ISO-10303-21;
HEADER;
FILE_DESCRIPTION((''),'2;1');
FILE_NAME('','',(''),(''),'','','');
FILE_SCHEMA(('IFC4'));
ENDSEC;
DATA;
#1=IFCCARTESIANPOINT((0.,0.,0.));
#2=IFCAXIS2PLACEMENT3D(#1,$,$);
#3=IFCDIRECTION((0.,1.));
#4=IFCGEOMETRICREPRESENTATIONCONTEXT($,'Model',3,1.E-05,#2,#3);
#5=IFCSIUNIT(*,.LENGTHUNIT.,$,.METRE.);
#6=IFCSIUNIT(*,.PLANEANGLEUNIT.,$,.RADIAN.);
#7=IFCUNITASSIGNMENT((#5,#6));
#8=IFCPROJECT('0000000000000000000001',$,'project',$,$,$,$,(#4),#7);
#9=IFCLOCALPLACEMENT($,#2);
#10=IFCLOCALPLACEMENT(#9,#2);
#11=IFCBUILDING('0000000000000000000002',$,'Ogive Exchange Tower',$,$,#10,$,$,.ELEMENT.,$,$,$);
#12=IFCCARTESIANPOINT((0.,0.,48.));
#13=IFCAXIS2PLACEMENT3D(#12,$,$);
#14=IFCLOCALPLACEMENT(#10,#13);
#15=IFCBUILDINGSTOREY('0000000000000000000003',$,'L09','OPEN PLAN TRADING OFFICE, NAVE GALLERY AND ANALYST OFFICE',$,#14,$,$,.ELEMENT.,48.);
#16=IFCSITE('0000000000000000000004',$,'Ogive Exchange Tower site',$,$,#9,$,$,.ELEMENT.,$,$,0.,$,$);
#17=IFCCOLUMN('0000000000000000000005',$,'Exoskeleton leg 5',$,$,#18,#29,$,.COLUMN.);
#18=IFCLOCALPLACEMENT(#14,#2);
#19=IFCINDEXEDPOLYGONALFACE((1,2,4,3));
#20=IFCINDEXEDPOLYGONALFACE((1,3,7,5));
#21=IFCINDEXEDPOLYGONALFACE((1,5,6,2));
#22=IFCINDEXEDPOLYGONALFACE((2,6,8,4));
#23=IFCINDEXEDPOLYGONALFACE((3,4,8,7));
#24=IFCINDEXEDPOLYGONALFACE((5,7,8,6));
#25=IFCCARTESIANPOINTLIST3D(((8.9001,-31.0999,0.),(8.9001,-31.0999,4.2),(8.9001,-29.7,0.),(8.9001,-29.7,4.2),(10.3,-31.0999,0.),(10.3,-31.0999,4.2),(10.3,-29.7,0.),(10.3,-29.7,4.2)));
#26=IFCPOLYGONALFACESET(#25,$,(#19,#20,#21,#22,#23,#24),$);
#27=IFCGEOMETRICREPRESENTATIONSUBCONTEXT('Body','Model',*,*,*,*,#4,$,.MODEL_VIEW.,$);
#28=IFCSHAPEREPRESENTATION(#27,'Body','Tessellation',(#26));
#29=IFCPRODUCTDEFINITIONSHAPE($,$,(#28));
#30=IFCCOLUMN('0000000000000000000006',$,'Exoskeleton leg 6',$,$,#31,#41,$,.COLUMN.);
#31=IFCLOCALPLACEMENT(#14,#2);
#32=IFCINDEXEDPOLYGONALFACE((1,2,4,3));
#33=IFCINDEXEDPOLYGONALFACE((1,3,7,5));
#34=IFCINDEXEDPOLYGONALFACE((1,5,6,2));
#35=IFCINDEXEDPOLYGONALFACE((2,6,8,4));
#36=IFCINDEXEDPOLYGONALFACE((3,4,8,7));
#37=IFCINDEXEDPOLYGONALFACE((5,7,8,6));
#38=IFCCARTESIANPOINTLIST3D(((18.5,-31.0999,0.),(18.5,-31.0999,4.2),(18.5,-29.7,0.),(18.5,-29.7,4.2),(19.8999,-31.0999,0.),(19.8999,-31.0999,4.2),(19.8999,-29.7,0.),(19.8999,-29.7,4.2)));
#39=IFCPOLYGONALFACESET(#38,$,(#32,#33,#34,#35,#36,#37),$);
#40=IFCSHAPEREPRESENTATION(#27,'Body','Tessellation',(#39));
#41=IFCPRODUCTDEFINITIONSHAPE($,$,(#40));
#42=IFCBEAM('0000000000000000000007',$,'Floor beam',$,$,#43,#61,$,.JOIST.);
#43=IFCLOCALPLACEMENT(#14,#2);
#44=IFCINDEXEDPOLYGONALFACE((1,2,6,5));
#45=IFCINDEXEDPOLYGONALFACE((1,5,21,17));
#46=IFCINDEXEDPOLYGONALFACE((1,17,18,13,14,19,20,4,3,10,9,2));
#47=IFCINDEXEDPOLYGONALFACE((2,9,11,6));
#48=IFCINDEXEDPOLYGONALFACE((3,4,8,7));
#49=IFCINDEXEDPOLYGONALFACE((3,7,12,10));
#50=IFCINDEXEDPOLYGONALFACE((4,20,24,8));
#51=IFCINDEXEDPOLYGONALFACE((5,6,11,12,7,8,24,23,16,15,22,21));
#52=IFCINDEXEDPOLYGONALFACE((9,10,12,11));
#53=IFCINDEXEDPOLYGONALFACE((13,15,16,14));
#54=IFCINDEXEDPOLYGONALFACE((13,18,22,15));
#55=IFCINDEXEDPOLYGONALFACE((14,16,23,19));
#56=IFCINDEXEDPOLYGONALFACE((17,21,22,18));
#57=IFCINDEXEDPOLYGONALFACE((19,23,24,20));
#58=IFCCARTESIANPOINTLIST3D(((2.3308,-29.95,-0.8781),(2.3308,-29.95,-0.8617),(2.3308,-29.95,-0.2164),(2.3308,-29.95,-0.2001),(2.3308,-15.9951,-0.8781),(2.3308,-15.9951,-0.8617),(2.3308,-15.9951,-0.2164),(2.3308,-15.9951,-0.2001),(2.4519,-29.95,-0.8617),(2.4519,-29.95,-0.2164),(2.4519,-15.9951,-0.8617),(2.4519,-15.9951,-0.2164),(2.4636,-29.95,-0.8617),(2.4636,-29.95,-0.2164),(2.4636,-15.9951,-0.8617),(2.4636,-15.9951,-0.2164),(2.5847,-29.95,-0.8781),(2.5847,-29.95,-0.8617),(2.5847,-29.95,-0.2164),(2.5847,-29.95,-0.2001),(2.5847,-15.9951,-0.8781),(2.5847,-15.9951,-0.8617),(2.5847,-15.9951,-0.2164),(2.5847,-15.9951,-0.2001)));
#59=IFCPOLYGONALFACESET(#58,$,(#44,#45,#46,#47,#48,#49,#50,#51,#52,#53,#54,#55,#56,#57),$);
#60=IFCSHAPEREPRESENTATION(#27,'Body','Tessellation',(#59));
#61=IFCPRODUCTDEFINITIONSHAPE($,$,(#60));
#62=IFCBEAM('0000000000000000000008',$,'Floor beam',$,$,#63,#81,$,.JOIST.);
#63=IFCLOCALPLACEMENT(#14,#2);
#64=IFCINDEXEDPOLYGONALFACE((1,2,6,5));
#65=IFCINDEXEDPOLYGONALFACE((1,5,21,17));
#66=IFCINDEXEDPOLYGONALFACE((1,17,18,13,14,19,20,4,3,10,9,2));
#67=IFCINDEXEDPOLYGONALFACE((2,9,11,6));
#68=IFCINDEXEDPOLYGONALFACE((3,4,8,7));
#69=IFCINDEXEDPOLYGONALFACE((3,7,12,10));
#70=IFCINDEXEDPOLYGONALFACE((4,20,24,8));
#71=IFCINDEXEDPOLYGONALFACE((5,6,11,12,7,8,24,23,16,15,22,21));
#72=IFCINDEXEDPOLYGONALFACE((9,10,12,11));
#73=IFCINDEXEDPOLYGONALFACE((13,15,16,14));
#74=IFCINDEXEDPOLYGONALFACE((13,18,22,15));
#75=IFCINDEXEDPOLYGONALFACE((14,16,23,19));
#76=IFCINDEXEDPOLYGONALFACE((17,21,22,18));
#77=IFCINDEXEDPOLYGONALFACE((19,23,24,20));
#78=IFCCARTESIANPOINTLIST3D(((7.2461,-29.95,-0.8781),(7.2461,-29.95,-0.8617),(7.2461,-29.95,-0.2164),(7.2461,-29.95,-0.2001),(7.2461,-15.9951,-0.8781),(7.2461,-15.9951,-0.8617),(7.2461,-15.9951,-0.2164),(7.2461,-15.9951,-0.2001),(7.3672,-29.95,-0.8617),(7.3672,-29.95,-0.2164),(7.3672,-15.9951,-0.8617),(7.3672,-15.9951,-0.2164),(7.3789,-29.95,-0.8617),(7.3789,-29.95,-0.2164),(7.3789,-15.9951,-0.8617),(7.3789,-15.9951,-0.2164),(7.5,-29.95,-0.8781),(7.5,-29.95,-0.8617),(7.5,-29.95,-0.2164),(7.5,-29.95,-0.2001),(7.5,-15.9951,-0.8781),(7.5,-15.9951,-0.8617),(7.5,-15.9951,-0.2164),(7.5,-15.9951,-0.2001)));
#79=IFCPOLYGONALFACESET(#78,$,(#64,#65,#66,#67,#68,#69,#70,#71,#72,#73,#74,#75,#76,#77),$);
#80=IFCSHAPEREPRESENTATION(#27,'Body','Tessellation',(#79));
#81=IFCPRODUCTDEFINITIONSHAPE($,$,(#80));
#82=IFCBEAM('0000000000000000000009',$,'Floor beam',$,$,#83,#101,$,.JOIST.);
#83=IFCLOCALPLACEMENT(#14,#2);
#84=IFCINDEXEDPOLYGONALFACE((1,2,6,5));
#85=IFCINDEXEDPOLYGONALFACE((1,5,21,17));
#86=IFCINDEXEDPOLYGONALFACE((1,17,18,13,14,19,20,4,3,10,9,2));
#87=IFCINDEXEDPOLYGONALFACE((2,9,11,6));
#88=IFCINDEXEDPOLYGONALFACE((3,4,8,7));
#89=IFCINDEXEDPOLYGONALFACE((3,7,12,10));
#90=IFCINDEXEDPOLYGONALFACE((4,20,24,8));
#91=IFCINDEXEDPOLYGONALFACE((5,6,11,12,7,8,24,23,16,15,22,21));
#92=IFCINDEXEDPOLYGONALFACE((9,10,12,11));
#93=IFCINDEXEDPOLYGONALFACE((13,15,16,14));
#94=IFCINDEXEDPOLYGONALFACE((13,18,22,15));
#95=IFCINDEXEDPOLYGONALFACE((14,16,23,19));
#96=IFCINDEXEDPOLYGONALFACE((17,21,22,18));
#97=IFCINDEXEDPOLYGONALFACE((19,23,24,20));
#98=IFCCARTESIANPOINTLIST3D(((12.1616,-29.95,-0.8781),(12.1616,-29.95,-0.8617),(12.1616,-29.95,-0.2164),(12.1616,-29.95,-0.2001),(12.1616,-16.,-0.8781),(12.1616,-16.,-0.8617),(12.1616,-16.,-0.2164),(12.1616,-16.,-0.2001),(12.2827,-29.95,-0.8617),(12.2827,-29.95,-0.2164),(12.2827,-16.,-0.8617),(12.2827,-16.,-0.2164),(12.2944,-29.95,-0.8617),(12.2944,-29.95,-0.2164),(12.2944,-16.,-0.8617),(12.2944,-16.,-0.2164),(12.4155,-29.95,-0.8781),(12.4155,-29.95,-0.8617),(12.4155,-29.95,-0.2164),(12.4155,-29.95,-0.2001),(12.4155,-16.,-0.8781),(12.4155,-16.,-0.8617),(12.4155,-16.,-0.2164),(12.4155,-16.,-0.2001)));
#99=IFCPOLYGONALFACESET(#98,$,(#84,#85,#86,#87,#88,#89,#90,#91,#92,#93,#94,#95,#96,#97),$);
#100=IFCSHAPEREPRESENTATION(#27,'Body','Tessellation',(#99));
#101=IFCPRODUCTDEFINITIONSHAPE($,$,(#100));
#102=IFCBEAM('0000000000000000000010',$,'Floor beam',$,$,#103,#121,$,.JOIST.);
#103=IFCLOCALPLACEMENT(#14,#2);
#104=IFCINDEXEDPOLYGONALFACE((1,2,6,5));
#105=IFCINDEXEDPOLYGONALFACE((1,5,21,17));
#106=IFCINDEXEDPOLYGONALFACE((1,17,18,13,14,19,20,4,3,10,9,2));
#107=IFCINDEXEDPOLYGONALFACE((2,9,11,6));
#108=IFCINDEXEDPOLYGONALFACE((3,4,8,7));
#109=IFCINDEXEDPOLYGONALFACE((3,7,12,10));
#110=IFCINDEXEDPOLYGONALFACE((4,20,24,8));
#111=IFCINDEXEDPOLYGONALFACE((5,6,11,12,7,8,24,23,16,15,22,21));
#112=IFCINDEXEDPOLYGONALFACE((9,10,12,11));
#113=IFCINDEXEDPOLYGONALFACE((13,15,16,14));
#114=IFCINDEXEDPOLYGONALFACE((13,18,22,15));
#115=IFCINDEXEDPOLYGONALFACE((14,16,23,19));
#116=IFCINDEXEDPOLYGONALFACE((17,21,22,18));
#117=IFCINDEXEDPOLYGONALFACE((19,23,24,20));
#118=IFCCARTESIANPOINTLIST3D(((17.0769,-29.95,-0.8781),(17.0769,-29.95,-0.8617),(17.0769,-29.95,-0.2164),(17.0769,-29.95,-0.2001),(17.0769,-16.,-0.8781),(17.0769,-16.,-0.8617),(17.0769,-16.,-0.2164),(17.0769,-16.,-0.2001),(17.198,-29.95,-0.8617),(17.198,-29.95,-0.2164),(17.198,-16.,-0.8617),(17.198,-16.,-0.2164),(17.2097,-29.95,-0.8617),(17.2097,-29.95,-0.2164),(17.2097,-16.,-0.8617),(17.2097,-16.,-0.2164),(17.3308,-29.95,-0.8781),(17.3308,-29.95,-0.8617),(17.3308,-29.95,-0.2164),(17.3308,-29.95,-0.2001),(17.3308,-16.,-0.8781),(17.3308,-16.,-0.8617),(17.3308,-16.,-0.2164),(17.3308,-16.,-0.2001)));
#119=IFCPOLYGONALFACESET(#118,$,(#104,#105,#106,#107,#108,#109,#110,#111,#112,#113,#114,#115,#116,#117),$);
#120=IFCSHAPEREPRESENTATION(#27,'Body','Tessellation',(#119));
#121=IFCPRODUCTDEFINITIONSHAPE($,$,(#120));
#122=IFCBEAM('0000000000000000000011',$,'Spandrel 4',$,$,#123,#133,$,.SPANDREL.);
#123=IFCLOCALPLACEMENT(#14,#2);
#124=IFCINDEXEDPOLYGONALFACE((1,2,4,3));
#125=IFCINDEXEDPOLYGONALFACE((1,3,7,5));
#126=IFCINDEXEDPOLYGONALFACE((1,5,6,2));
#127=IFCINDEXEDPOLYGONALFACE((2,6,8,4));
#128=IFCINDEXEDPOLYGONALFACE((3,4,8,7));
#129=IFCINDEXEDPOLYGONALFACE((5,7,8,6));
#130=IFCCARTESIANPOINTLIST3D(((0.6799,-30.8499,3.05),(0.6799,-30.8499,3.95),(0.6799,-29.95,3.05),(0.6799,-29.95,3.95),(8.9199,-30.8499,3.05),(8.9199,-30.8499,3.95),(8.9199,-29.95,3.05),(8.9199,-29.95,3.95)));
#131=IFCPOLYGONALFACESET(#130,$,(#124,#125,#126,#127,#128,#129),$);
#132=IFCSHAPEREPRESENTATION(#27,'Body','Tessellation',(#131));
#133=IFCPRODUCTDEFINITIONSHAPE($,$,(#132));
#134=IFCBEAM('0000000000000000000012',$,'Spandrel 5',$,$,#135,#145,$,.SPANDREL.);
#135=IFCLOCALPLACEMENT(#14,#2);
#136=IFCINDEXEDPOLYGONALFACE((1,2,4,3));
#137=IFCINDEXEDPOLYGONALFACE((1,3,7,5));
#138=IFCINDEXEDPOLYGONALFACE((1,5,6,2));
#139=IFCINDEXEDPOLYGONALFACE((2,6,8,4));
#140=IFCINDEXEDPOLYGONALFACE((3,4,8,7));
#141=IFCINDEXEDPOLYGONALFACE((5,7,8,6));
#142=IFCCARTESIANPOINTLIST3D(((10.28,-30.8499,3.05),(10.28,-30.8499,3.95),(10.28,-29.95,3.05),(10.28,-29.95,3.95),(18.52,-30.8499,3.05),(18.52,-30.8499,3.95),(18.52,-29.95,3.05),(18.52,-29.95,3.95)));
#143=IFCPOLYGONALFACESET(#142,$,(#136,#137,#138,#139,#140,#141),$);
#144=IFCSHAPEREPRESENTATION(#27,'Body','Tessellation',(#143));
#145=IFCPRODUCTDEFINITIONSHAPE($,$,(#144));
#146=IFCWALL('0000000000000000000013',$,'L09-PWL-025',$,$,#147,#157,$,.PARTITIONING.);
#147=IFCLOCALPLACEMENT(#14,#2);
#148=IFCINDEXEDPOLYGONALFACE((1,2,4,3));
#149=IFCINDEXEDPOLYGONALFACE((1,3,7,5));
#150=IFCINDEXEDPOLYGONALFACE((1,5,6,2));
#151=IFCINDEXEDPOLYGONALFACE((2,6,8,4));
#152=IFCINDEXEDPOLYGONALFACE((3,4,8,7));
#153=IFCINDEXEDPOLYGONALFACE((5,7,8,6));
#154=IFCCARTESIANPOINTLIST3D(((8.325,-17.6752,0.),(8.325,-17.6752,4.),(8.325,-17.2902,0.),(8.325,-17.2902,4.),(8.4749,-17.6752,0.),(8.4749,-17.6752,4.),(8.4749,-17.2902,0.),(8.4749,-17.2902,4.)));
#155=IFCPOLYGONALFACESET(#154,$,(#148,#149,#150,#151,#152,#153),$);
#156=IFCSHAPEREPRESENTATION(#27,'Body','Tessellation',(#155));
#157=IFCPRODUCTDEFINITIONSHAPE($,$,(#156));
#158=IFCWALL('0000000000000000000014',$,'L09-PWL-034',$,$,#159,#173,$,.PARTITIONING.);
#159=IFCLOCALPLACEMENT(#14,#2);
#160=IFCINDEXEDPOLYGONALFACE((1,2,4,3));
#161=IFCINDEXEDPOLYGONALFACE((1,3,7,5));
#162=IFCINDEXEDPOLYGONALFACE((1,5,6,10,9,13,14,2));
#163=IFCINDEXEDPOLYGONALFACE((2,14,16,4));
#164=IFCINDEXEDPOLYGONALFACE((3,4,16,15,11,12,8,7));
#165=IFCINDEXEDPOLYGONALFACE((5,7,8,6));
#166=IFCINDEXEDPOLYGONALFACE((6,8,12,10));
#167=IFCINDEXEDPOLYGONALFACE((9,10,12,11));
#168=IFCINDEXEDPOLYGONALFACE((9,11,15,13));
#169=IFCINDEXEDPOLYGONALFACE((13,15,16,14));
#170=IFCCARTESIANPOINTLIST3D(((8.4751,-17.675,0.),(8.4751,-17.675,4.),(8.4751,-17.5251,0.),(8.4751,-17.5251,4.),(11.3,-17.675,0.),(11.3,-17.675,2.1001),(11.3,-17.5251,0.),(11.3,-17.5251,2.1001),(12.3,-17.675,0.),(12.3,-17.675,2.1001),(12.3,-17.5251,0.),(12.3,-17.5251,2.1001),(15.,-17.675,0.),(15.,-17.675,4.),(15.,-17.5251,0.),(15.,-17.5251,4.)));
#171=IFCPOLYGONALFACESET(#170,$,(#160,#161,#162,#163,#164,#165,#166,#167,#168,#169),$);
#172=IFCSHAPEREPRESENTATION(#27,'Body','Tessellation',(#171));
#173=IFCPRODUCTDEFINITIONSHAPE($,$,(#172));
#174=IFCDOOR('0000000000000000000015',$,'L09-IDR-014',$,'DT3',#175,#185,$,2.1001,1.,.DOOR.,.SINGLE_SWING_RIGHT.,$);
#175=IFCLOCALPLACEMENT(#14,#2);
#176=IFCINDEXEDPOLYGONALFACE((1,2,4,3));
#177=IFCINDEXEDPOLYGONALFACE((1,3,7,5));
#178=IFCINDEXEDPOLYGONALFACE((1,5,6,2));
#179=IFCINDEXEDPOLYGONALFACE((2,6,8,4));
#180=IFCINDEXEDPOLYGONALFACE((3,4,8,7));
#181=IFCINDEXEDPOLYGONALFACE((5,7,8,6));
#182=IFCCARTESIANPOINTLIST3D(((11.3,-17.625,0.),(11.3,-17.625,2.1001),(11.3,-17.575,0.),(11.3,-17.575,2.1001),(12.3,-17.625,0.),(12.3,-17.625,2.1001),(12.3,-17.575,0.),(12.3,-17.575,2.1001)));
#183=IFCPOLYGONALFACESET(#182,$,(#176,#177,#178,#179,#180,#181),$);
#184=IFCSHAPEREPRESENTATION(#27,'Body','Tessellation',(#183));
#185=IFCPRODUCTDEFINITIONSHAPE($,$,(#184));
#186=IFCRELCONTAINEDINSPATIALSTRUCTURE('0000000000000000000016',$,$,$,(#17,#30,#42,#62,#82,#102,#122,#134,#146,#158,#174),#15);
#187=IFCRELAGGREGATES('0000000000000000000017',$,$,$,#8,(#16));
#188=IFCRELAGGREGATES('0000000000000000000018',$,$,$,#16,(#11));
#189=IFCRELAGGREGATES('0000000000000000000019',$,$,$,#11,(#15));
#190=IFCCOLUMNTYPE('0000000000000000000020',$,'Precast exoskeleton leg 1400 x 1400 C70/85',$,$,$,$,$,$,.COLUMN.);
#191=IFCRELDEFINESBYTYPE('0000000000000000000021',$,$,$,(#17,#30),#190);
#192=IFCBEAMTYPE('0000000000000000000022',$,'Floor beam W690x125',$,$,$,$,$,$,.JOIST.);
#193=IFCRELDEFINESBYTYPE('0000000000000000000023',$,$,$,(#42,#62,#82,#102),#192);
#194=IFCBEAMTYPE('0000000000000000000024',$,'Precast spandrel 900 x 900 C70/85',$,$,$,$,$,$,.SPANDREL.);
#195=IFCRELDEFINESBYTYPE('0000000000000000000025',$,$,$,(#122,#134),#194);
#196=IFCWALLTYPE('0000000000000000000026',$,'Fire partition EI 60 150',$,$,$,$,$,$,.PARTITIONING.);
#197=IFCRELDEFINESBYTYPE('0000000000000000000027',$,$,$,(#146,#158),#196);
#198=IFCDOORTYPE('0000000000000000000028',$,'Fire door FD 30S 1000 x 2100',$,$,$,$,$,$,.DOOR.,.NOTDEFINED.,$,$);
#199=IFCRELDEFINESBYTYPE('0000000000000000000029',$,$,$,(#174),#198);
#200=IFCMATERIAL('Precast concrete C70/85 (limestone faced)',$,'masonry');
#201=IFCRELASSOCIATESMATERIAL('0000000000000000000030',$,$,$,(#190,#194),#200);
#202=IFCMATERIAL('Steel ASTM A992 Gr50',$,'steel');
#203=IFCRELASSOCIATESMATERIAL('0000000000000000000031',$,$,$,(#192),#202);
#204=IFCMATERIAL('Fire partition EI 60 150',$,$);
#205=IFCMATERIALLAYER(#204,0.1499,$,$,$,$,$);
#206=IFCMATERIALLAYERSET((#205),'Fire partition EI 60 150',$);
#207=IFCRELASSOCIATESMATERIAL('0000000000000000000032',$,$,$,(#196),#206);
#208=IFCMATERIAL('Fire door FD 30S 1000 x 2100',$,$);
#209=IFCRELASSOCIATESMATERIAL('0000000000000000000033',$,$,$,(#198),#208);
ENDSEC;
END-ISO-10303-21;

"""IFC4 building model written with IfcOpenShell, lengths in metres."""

from ifc_helpers import new_model, si_unit, direction, frame, frame_2d, origin, origin_2d, place, context, subcontext, project, spatial, rectangle, i_section, extrude, material, layer, layer_set, material_profile, profile_set, type_object, element, fill, save


model = new_model("IFC4")

# Units and contexts
model_context = context("Model", 3, precision=1e-05, world=origin(), true_north=direction((0.0, 1.0)))
body_context = subcontext(model_context, "Body", "Model", "MODEL_VIEW")
ifc_project = project(units=[si_unit("LENGTHUNIT", "METRE"), si_unit("PLANEANGLEUNIT", "RADIAN")], contexts=[model_context])

# Site, building, storey
site_placement = place(None, origin())
site = spatial("IfcSite", under=ifc_project, at=site_placement, Name="Ogive Exchange Tower site", CompositionType="ELEMENT", RefElevation=0.0)
building_placement = place(site_placement, origin())
building = spatial("IfcBuilding", under=site, at=building_placement, Name="Ogive Exchange Tower", CompositionType="ELEMENT")
storey_placement = place(building_placement, frame((0.0, 0.0, 48.0)))
storey = spatial("IfcBuildingStorey", under=building, at=storey_placement, Name="L09", Description="OPEN PLAN TRADING OFFICE, NAVE GALLERY AND ANALYST OFFICE", CompositionType="ELEMENT", Elevation=48.0)

# Columns
ifc_material_1 = material(Name="Precast concrete C70/85 (limestone faced)", Category="masonry")
ifc_material_profile_1 = material_profile(ifc_material_1, rectangle(XDim=1.3999, YDim=1.3999, at=origin_2d()), Name="1400 x 1400")
ifc_profile_set_1 = profile_set([ifc_material_profile_1], Name="Precast concrete C70/85 (limestone faced)")
column_type = type_object("IfcColumnType", Name="Precast exoskeleton leg 1400 x 1400 C70/85", PredefinedType="COLUMN", material=ifc_profile_set_1)
for number, where, z_axis, x_axis, name in (
    (1, (9.6001, -30.3999, 0.0), (0.0, 0.0, 1.0), (1.0, 0.0, 0.0), "Exoskeleton leg 5"),
    (2, (19.2, -30.3999, 0.0), (0.0, 0.0, 1.0), (1.0, 0.0, 0.0), "Exoskeleton leg 6"),
):
    element("IfcColumn", number, at=place(storey_placement, frame(where, z_axis=z_axis, x_axis=x_axis)), inside=storey, type_object=column_type, Name=name, PredefinedType="COLUMN", context=body_context, shape_type="SweptSolid", body=[
        extrude(rectangle(XDim=1.3999, YDim=1.3999, at=origin_2d()), origin(), (0.0, 0.0, 1.0), 4.2),
    ])

# Beams
ifc_material_2 = material(Name="Steel ASTM A992 Gr50", Category="steel")
ifc_material_profile_2 = material_profile(ifc_material_2, i_section(OverallWidth=0.2539, OverallDepth=0.678, WebThickness=0.0117, FlangeThickness=0.0164, at=origin_2d()), Name="W690x125")
ifc_profile_set_2 = profile_set([ifc_material_profile_2], Name="Steel ASTM A992 Gr50")
beam_type_1 = type_object("IfcBeamType", Name="Floor beam W690x125", PredefinedType="JOIST", material=ifc_profile_set_2)
for number, where, z_axis, x_axis, name in (
    (3, (2.4578, -29.95, -0.5391), (0.0, 1.0, 0.0), (-1.0, 0.0, 0.0), "Floor beam"),
    (4, (7.373, -29.95, -0.5391), (0.0, 1.0, 0.0), (-1.0, 0.0, 0.0), "Floor beam"),
):
    element("IfcBeam", number, at=place(storey_placement, frame(where, z_axis=z_axis, x_axis=x_axis)), inside=storey, type_object=beam_type_1, Name=name, PredefinedType="JOIST", context=body_context, shape_type="SweptSolid", body=[
        extrude(i_section(OverallWidth=0.2539, OverallDepth=0.678, WebThickness=0.0117, FlangeThickness=0.0164, at=origin_2d()), origin(), (0.0, 0.0, 1.0), 13.9548),
    ])
for number, where, z_axis, x_axis, name in (
    (5, (12.2886, -29.95, -0.5391), (0.0, 1.0, 0.0), (-1.0, 0.0, 0.0), "Floor beam"),
    (6, (17.2039, -29.95, -0.5391), (0.0, 1.0, 0.0), (-1.0, 0.0, 0.0), "Floor beam"),
):
    element("IfcBeam", number, at=place(storey_placement, frame(where, z_axis=z_axis, x_axis=x_axis)), inside=storey, type_object=beam_type_1, Name=name, PredefinedType="JOIST", context=body_context, shape_type="SweptSolid", body=[
        extrude(i_section(OverallWidth=0.2539, OverallDepth=0.678, WebThickness=0.0117, FlangeThickness=0.0164, at=origin_2d()), origin(), (0.0, 0.0, 1.0), 13.95),
    ])
ifc_material_profile_3 = material_profile(ifc_material_1, rectangle(XDim=0.8999, YDim=0.8999, at=origin_2d()), Name="900 x 900")
ifc_profile_set_3 = profile_set([ifc_material_profile_3], Name="Precast concrete C70/85 (limestone faced)")
beam_type_2 = type_object("IfcBeamType", Name="Precast spandrel 900 x 900 C70/85", PredefinedType="SPANDREL", material=ifc_profile_set_3)
for number, where, z_axis, x_axis, name in (
    (7, (0.6799, -30.3999, 3.5), (1.0, 0.0, 0.0), (0.0, 1.0, 0.0), "Spandrel 4"),
    (8, (10.28, -30.3999, 3.5), (1.0, 0.0, 0.0), (0.0, 1.0, 0.0), "Spandrel 5"),
):
    element("IfcBeam", number, at=place(storey_placement, frame(where, z_axis=z_axis, x_axis=x_axis)), inside=storey, type_object=beam_type_2, Name=name, PredefinedType="SPANDREL", context=body_context, shape_type="SweptSolid", body=[
        extrude(rectangle(XDim=0.8999, YDim=0.8999, at=origin_2d()), origin(), (0.0, 0.0, 1.0), 8.24),
    ])

# Wall
ifc_material_3 = material(Name="Fire partition EI 60 150")
ifc_layer_1 = layer(ifc_material_3, 0.1499)
ifc_layer_set_1 = layer_set([ifc_layer_1], Name="Fire partition EI 60 150")
wall_type_1 = type_object("IfcWallType", Name="Fire partition EI 60 150", PredefinedType="PARTITIONING", material=ifc_layer_set_1)
wall_1_placement = place(storey_placement, frame((8.3999, -17.675, 0.0), z_axis=(0.0, 0.0, 1.0), x_axis=(0.0, 1.0, 0.0)))
element("IfcWall", 9, at=wall_1_placement, inside=storey, type_object=wall_type_1, Name="L09-PWL-025", PredefinedType="PARTITIONING", context=body_context, shape_type="SweptSolid", body=[
    extrude(rectangle(XDim=0.385, YDim=0.1499, at=frame_2d((0.1924, 0.0))), origin(), (0.0, 0.0, 1.0), 4.0),
])

# Wall, opening, door
wall_2_placement = place(storey_placement, frame((15.0, -17.6001, 0.0), z_axis=(0.0, 0.0, 1.0), x_axis=(-1.0, 0.0, 0.0)))
wall_2 = element("IfcWall", 10, at=wall_2_placement, inside=storey, type_object=wall_type_1, Name="L09-PWL-034", PredefinedType="PARTITIONING", context=body_context, shape_type="SweptSolid", body=[
    extrude(rectangle(XDim=6.5249, YDim=0.1499, at=frame_2d((3.2625, 0.0))), origin(), (0.0, 0.0, 1.0), 4.0),
])
opening_1_placement = place(wall_2_placement, frame((2.7, 0.0, 0.0)))
opening_1 = element("IfcOpeningElement", 11, at=opening_1_placement, cuts=wall_2, PredefinedType="OPENING", context=body_context, shape_type="SweptSolid", body=[
    extrude(rectangle(XDim=1.0, YDim=2.1001, at=frame_2d((0.5, 1.05))), frame((0.0, 0.085, 0.0), z_axis=(0.0, -1.0, 0.0), x_axis=(1.0, 0.0, 0.0)), (0.0, 0.0, 1.0), 0.1699),
])
ifc_material_4 = material(Name="Fire door FD 30S 1000 x 2100")
door_type_1 = type_object("IfcDoorType", Name="Fire door FD 30S 1000 x 2100", OperationType="NOTDEFINED", PredefinedType="DOOR", material=ifc_material_4)
door_1_placement = place(opening_1_placement, origin())
door_1 = element("IfcDoor", 12, at=door_1_placement, inside=storey, type_object=door_type_1, Name="L09-IDR-014", ObjectType="DT3", OperationType="SINGLE_SWING_RIGHT", OverallHeight=2.1001, OverallWidth=1.0, PredefinedType="DOOR", context=body_context, shape_type="SweptSolid", body=[
    extrude(rectangle(XDim=1.0, YDim=2.1001, at=frame_2d((0.5, 1.05))), frame((0.0, 0.0249, 0.0), z_axis=(0.0, -1.0, 0.0), x_axis=(1.0, 0.0, 0.0)), (0.0, 0.0, 1.0), 0.05),
])
fill(opening_1, door_1)

save(model, "model.ifc")
